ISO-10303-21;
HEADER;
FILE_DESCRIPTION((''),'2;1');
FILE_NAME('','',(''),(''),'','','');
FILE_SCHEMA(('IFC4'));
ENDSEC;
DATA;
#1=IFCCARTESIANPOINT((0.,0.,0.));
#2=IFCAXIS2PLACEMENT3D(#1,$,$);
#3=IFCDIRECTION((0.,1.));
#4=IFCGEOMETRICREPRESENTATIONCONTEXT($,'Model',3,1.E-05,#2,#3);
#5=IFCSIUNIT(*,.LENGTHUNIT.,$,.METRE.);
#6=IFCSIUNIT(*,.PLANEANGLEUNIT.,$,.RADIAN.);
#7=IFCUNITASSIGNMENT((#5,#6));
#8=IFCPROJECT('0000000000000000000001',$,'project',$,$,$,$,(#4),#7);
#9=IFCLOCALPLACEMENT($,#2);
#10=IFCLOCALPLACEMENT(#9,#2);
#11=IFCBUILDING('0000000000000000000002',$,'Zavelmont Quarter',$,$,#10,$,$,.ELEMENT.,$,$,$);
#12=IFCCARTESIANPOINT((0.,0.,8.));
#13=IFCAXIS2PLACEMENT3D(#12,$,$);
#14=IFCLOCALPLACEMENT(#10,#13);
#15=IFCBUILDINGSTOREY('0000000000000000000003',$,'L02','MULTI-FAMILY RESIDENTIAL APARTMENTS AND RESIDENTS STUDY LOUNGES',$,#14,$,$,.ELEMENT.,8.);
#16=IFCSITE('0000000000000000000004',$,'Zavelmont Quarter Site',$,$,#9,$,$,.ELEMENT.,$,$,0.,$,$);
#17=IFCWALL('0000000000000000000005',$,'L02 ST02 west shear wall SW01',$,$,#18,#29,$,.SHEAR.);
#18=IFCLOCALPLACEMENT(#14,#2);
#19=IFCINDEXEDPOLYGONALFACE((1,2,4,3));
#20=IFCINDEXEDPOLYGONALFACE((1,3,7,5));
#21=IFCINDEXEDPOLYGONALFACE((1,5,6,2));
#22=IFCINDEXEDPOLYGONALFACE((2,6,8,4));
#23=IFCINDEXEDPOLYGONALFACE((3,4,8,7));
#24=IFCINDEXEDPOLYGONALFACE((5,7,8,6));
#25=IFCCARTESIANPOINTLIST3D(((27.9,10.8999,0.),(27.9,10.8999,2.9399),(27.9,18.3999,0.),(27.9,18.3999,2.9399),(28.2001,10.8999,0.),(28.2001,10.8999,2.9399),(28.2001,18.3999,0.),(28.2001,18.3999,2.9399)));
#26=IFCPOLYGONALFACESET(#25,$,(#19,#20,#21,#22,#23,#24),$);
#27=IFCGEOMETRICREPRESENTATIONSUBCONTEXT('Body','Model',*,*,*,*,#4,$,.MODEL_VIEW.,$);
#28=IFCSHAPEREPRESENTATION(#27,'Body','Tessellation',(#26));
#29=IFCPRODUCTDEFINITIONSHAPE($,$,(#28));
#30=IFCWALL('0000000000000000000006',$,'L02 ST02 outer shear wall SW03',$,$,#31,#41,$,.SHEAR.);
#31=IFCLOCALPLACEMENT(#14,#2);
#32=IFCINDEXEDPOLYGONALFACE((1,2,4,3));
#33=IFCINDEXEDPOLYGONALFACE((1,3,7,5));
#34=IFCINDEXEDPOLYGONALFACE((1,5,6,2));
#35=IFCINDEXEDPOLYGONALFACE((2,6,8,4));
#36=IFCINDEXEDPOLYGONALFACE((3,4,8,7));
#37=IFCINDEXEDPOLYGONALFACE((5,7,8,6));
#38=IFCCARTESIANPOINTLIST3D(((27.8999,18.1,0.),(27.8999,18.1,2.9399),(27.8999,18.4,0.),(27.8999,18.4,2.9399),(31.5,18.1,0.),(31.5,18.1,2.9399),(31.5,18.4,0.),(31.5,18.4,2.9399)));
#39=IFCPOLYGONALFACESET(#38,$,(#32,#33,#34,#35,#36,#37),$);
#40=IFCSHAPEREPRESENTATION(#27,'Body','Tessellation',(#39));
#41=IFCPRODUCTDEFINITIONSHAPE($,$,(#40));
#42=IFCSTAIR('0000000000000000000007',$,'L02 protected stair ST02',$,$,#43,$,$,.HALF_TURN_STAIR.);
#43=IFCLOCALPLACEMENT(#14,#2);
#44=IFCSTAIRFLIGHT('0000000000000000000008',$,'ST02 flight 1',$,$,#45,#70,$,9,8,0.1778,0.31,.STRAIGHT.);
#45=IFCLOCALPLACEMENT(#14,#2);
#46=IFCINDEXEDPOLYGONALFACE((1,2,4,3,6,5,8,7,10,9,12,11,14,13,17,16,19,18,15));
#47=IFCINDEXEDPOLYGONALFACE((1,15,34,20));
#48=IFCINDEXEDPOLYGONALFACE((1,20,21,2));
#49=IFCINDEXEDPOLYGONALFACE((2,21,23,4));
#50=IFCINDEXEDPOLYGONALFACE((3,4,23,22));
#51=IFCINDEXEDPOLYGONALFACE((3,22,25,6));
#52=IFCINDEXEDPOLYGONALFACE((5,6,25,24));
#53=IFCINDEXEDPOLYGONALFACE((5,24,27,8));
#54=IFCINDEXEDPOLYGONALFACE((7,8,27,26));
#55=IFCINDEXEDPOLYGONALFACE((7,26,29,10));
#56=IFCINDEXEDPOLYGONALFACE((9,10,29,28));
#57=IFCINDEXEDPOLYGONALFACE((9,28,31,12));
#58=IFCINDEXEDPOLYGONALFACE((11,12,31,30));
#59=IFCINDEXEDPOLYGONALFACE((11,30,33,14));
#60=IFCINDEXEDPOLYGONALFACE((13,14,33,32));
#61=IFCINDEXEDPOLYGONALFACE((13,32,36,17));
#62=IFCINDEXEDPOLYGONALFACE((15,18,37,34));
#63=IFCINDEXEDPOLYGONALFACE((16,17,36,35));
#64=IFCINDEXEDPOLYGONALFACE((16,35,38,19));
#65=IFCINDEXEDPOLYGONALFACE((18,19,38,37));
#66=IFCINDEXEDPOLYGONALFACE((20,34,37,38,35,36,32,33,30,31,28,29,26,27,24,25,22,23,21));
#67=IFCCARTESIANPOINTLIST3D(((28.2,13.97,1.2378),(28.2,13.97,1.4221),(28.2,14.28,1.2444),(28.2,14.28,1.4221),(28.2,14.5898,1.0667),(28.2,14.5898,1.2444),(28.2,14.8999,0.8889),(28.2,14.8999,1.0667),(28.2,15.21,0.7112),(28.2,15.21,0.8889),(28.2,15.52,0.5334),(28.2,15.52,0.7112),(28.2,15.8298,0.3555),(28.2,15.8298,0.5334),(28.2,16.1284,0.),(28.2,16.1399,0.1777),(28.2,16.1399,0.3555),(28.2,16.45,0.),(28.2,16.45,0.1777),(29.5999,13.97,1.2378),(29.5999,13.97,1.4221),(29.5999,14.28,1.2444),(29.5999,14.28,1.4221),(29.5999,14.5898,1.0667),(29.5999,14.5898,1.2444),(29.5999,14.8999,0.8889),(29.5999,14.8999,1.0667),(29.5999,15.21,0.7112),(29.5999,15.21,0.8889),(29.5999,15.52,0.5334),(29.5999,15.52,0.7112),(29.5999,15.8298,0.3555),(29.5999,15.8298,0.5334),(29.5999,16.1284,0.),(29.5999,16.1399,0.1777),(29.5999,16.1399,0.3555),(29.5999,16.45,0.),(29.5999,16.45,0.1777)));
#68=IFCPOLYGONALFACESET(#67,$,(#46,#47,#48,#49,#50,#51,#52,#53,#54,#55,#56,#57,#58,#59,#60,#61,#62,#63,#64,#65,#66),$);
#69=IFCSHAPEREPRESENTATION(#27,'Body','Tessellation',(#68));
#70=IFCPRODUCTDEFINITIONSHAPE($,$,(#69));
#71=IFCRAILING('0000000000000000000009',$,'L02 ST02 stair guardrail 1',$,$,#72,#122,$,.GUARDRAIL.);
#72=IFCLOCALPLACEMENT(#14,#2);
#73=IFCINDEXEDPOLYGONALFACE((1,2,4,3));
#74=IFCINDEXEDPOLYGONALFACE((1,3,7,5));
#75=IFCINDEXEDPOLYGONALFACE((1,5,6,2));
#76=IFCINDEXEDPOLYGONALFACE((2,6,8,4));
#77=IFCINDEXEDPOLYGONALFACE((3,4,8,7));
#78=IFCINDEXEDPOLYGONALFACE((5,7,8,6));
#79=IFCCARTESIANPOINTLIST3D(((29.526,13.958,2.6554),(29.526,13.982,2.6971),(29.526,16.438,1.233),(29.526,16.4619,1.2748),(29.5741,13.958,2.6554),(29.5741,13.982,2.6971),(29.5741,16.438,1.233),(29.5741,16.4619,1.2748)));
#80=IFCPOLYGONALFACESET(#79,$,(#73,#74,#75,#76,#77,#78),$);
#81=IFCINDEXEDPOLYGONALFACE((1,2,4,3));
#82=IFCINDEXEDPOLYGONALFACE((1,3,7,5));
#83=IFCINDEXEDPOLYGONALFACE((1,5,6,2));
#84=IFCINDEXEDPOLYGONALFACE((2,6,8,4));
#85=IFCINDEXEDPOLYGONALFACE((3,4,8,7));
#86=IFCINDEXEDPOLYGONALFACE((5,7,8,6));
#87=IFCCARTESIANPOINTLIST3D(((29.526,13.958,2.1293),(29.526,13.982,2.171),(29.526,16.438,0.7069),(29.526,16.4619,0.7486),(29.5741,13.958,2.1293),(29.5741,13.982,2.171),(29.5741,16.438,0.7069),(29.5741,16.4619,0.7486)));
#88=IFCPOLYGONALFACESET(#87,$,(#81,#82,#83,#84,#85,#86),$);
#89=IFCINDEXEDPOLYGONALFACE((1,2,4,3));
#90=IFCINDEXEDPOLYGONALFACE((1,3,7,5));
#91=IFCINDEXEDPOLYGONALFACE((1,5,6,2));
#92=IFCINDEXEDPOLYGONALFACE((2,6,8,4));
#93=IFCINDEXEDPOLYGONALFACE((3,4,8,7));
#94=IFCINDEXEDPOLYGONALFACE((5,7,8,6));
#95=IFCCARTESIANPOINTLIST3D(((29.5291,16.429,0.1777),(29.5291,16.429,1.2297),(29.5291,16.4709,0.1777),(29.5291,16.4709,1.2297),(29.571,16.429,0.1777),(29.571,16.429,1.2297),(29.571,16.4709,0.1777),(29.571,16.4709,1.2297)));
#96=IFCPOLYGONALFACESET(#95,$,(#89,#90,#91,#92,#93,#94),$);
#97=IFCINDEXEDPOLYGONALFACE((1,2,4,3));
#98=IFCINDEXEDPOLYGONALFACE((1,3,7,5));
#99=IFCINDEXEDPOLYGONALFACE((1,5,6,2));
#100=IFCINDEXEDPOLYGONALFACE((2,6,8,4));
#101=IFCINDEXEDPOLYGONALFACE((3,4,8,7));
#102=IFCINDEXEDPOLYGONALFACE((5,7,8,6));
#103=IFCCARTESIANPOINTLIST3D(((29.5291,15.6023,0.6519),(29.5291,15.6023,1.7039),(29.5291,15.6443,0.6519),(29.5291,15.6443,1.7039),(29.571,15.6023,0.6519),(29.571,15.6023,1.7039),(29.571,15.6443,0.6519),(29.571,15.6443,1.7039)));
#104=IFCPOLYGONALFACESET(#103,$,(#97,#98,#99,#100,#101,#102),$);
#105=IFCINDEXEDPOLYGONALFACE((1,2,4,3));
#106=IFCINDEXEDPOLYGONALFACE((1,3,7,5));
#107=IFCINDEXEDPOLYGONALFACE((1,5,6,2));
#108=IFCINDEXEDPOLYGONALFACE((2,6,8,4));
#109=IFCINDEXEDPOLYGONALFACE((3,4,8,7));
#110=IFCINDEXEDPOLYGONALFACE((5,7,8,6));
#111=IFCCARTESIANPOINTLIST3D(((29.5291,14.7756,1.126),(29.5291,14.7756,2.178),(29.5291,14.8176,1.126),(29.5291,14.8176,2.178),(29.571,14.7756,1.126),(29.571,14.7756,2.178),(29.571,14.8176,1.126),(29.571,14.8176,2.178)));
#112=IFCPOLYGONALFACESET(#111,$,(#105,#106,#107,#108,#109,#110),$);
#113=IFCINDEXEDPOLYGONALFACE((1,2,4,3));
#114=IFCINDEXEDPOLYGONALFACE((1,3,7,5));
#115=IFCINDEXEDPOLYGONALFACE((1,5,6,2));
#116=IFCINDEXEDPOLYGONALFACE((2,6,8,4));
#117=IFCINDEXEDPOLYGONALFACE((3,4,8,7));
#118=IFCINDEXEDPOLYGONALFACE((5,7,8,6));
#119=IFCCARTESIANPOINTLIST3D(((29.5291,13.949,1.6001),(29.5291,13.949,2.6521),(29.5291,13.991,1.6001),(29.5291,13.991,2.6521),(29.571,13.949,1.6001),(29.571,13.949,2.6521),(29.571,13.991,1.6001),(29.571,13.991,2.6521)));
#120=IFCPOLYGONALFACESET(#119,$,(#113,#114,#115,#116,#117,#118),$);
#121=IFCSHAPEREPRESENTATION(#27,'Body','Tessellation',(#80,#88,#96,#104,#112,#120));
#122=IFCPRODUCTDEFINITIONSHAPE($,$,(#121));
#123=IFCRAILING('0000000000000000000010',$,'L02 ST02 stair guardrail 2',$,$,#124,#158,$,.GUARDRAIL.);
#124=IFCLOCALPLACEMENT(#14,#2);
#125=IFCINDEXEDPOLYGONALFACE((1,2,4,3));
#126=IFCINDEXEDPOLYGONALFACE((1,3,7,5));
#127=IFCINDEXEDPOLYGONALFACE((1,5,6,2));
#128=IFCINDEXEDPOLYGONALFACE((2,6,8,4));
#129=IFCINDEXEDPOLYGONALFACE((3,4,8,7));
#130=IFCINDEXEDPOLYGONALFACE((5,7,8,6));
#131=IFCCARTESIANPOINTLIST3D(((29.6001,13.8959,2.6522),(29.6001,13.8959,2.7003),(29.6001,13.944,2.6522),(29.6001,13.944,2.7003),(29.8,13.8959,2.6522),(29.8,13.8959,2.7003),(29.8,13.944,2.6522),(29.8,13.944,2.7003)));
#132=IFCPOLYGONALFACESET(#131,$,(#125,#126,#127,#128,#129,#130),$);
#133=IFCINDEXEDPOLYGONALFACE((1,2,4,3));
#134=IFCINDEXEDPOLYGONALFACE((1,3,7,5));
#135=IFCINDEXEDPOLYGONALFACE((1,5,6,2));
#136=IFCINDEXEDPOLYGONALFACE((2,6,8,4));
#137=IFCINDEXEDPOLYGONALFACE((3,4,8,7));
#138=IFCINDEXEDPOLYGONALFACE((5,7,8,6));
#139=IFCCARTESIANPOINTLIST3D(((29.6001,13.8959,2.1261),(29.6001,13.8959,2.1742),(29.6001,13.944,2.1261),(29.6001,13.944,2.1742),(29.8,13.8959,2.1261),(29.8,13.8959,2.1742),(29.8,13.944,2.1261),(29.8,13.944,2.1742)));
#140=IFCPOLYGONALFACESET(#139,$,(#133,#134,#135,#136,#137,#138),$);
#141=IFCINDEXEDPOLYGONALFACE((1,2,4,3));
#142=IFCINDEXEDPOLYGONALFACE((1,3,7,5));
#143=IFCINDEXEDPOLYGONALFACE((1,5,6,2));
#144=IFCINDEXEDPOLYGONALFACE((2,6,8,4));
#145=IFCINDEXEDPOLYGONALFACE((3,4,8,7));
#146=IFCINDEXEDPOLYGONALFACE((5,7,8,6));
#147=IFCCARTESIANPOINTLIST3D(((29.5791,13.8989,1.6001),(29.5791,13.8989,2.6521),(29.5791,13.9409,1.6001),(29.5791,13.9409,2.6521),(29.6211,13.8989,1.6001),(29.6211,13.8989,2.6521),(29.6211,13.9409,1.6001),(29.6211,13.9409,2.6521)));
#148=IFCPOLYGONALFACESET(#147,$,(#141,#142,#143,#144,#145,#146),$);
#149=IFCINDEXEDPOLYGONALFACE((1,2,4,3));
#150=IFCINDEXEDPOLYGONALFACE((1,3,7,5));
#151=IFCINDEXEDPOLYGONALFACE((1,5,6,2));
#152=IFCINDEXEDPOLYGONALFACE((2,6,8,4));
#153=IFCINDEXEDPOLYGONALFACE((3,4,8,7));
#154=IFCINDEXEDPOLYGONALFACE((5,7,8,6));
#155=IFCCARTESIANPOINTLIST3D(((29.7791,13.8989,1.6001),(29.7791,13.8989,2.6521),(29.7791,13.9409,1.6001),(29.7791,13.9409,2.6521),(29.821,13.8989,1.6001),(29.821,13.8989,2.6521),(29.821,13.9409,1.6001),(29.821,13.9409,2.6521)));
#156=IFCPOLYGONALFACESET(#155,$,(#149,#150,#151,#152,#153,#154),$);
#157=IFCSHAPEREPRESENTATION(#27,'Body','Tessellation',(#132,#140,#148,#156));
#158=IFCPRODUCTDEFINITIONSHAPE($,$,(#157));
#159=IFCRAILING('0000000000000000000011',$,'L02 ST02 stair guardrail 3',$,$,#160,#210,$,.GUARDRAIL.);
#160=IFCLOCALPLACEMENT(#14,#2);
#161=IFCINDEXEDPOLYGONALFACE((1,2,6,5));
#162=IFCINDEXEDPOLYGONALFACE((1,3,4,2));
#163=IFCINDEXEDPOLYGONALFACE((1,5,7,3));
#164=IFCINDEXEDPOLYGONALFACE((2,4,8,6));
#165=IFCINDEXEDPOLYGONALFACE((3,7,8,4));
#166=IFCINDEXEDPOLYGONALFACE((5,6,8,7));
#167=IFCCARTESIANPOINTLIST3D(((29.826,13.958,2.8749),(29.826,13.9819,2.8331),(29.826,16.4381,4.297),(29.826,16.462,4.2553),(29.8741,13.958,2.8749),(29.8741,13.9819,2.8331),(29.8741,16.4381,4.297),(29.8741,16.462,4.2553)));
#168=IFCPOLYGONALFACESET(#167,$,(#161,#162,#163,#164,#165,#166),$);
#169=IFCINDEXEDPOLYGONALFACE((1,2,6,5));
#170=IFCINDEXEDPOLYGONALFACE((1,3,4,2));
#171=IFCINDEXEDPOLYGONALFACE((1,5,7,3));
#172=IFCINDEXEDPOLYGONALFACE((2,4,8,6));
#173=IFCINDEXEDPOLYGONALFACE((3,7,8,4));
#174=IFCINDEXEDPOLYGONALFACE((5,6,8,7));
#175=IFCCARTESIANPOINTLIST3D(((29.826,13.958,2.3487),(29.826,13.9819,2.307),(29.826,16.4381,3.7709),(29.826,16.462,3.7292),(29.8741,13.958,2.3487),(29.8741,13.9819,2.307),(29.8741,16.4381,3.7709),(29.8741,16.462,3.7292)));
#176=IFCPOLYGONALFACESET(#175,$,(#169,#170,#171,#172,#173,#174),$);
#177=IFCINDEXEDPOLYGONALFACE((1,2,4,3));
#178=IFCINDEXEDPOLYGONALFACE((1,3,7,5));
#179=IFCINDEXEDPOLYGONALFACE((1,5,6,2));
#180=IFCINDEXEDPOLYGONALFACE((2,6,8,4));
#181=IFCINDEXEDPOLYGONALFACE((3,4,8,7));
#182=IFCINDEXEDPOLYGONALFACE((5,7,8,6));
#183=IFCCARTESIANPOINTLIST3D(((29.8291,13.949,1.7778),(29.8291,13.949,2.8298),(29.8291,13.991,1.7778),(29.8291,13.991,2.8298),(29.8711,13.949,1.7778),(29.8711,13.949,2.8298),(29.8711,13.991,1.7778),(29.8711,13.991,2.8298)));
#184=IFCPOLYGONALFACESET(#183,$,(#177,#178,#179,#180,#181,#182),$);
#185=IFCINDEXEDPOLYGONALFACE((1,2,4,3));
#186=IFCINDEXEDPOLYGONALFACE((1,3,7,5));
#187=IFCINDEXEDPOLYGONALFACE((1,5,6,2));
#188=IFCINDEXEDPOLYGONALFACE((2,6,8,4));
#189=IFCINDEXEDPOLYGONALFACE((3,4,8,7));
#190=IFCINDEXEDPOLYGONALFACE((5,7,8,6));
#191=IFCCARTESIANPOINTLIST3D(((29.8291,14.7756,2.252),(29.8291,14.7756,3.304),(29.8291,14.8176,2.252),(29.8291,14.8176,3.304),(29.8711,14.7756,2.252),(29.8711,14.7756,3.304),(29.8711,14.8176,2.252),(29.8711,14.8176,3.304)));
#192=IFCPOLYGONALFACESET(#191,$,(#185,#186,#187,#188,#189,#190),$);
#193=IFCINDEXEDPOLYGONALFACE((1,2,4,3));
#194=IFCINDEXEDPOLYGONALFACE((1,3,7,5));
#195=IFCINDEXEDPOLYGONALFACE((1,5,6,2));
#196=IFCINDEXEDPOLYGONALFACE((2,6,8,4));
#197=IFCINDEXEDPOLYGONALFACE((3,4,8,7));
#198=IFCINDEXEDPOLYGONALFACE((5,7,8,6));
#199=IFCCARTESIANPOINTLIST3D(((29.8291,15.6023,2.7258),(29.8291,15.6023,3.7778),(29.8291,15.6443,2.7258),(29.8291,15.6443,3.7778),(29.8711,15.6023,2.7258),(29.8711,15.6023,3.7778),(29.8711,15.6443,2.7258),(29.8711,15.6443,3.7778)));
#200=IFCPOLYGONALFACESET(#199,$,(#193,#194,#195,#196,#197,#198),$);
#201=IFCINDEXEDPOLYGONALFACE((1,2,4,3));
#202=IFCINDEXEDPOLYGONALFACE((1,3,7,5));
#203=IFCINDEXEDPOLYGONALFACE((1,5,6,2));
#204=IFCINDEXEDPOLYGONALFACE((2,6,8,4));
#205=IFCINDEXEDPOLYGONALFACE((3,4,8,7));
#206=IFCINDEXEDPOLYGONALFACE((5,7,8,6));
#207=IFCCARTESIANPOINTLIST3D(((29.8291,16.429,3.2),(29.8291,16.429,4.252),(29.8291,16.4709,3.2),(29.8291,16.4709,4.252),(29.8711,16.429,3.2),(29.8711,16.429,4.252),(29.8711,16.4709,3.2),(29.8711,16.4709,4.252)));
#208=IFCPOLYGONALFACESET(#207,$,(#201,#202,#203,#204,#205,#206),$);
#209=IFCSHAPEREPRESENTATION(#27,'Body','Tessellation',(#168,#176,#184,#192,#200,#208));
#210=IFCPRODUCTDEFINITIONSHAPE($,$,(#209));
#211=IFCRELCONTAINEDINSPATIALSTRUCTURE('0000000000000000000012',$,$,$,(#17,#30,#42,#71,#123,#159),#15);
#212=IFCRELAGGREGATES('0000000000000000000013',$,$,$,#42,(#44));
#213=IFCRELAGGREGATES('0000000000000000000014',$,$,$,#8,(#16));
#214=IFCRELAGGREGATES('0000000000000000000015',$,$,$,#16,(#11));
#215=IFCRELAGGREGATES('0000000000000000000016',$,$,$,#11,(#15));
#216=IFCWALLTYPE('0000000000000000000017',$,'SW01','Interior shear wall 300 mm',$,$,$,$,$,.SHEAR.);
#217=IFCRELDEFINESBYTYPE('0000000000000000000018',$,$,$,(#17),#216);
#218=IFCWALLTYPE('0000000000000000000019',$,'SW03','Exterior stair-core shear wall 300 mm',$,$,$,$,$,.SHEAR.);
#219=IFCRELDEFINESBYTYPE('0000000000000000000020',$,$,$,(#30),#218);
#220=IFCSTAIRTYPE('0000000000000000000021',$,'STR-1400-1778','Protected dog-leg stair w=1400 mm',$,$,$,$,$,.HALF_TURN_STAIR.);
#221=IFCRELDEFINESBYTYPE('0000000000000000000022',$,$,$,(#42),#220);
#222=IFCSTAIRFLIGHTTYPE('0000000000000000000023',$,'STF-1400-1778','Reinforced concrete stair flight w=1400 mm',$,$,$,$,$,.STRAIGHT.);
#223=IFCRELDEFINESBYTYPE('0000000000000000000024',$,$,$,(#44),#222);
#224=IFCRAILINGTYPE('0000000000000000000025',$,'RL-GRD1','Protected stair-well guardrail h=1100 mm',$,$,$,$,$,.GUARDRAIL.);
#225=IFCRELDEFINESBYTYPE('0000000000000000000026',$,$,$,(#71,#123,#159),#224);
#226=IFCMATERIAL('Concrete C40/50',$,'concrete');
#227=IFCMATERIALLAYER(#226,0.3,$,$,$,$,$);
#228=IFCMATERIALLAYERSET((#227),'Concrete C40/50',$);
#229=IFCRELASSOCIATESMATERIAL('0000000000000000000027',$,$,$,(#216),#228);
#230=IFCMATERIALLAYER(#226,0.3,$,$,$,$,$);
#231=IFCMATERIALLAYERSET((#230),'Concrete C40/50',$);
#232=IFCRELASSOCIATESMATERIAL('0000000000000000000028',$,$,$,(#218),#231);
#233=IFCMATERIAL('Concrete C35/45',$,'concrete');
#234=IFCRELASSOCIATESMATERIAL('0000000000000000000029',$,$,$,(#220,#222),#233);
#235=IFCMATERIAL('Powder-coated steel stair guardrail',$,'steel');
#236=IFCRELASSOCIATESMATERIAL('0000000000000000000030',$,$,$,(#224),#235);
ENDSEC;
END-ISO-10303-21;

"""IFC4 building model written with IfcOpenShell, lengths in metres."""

from ifc_helpers import new_model, si_unit, direction, frame, frame_2d, origin, origin_2d, place, context, subcontext, project, spatial, polyline, rectangle, outline, extrude, material, layer, layer_set, type_object, element, aggregate, save


model = new_model("IFC4")

# Units and contexts
model_context = context("Model", 3, precision=1e-05, world=origin(), true_north=direction((0.0, 1.0)))
body_context = subcontext(model_context, "Body", "Model", "MODEL_VIEW")
ifc_project = project(units=[si_unit("LENGTHUNIT", "METRE"), si_unit("PLANEANGLEUNIT", "RADIAN")], contexts=[model_context])

# Site, building, storey
site_placement = place(None, origin())
site = spatial("IfcSite", under=ifc_project, at=site_placement, Name="Zavelmont Quarter Site", CompositionType="ELEMENT", RefElevation=0.0)
building_placement = place(site_placement, origin())
building = spatial("IfcBuilding", under=site, at=building_placement, Name="Zavelmont Quarter", CompositionType="ELEMENT")
storey_placement = place(building_placement, frame((0.0, 0.0, 8.0)))
storey = spatial("IfcBuildingStorey", under=building, at=storey_placement, Name="L02", Description="MULTI-FAMILY RESIDENTIAL APARTMENTS AND RESIDENTS STUDY LOUNGES", CompositionType="ELEMENT", Elevation=8.0)

# Shared definitions
ifc_material_1 = material(Name="Concrete C40/50", Category="concrete")

# Shared definitions
ifc_material_2 = material(Name="Concrete C35/45", Category="concrete")

# Walls
ifc_layer_1 = layer(ifc_material_1, 0.3)
ifc_layer_set_1 = layer_set([ifc_layer_1], Name="Concrete C40/50")
wall_type_1 = type_object("IfcWallType", Name="SW01", Description="Interior shear wall 300 mm", PredefinedType="SHEAR", material=ifc_layer_set_1)
wall_1_placement = place(storey_placement, frame((28.05, 10.8999, 0.0), z_axis=(0.0, 0.0, 1.0), x_axis=(0.0, 1.0, 0.0)))
element("IfcWall", 1, at=wall_1_placement, inside=storey, type_object=wall_type_1, Name="L02 ST02 west shear wall SW01", PredefinedType="SHEAR", context=body_context, shape_type="SweptSolid", body=[
    extrude(rectangle(XDim=7.5, YDim=0.3, at=frame_2d((3.75, 0.0))), origin(), (0.0, 0.0, 1.0), 2.9399),
])
ifc_layer_2 = layer(ifc_material_1, 0.3)
ifc_layer_set_2 = layer_set([ifc_layer_2], Name="Concrete C40/50")
wall_type_2 = type_object("IfcWallType", Name="SW03", Description="Exterior stair-core shear wall 300 mm", PredefinedType="SHEAR", material=ifc_layer_set_2)
wall_2_placement = place(storey_placement, frame((27.8999, 18.25, 0.0), z_axis=(0.0, 0.0, 1.0), x_axis=(1.0, 0.0, 0.0)))
element("IfcWall", 2, at=wall_2_placement, inside=storey, type_object=wall_type_2, Name="L02 ST02 outer shear wall SW03", PredefinedType="SHEAR", context=body_context, shape_type="SweptSolid", body=[
    extrude(rectangle(XDim=3.6001, YDim=0.3, at=frame_2d((1.8, 0.0))), origin(), (0.0, 0.0, 1.0), 2.9399),
])

# Stair, stair flight
stair_type = type_object("IfcStairType", Name="STR-1400-1778", Description="Protected dog-leg stair w=1400 mm", PredefinedType="HALF_TURN_STAIR", material=ifc_material_2)
stair_placement = place(storey_placement, origin())
stair = element("IfcStair", 3, at=stair_placement, inside=storey, type_object=stair_type, Name="L02 protected stair ST02", PredefinedType="HALF_TURN_STAIR")
stair_flight_type = type_object("IfcStairFlightType", Name="STF-1400-1778", Description="Reinforced concrete stair flight w=1400 mm", PredefinedType="STRAIGHT", material=ifc_material_2)
stair_flight_placement = place(storey_placement, frame((28.8999, 16.45, 0.0), z_axis=(0.0, 0.0, 1.0), x_axis=(0.0, -1.0, 0.0)))
stair_flight = element("IfcStairFlight", 4, at=stair_flight_placement, type_object=stair_flight_type, Name="ST02 flight 1", NumberOfRisers=9, NumberOfTreads=8, PredefinedType="STRAIGHT", RiserHeight=0.1778, TreadLength=0.31, context=body_context, shape_type="SweptSolid", body=[
    extrude(outline(polyline([(0.0, 0.0), (0.0, 0.1777), (0.3101, 0.1777), (0.3101, 0.3555), (0.6201, 0.3555), (0.6201, 0.5334), (0.9299, 0.5334), (0.9299, 0.7112), (1.24, 0.7112), (1.24, 0.8889), (1.55, 0.8889), (1.55, 1.0667), (1.8601, 1.0667), (1.8601, 1.2444), (2.1699, 1.2444), (2.1699, 1.4221), (2.48, 1.4221), (2.48, 1.6001), (2.48, 1.2378), (0.3215, 0.0), (0.0, 0.0)])), frame((0.0, 0.7, 0.0), z_axis=(0.0, -1.0, 0.0), x_axis=(1.0, 0.0, 0.0)), (0.0, 0.0, 1.0), 1.3999),
])
aggregate(stair, [stair_flight])

# Railings
ifc_material_3 = material(Name="Powder-coated steel stair guardrail", Category="steel")
railing_type_1 = type_object("IfcRailingType", Name="RL-GRD1", Description="Protected stair-well guardrail h=1100 mm", PredefinedType="GUARDRAIL", material=ifc_material_3)
railing_1_placement = place(storey_placement, frame((29.55, 16.45, 0.1777)))
element("IfcRailing", 5, at=railing_1_placement, inside=storey, type_object=railing_type_1, Name="L02 ST02 stair guardrail 1", PredefinedType="GUARDRAIL", context=body_context, shape_type="SweptSolid", body=[
    extrude(rectangle(XDim=0.0481, YDim=0.0481, at=origin_2d()), frame((0.0, 0.0, 1.0762), z_axis=(0.0, -0.867454, 0.497518), x_axis=(1.0, 0.0, 0.0)), (0.0, 0.0, 1.0), 2.8589),
    extrude(rectangle(XDim=0.0481, YDim=0.0481, at=origin_2d()), frame((0.0, 0.0, 0.55), z_axis=(0.0, -0.867454, 0.497518), x_axis=(1.0, 0.0, 0.0)), (0.0, 0.0, 1.0), 2.8589),
    extrude(rectangle(XDim=0.042, YDim=0.042, at=origin_2d()), origin(), (0.0, 0.0, 1.0), 1.052),
    extrude(rectangle(XDim=0.042, YDim=0.042, at=origin_2d()), frame((0.0, -0.8267, 0.4741)), (0.0, 0.0, 1.0), 1.052),
    extrude(rectangle(XDim=0.042, YDim=0.042, at=origin_2d()), frame((0.0, -1.6533, 0.9482)), (0.0, 0.0, 1.0), 1.052),
    extrude(rectangle(XDim=0.042, YDim=0.042, at=origin_2d()), frame((0.0, -2.48, 1.4224)), (0.0, 0.0, 1.0), 1.052),
])
railing_2_placement = place(storey_placement, frame((29.6001, 13.9199, 1.6001)))
element("IfcRailing", 6, at=railing_2_placement, inside=storey, type_object=railing_type_1, Name="L02 ST02 stair guardrail 2", PredefinedType="GUARDRAIL", context=body_context, shape_type="SweptSolid", body=[
    extrude(rectangle(XDim=0.0481, YDim=0.0481, at=origin_2d()), frame((0.0, 0.0, 1.0762), z_axis=(1.0, 0.0, 0.0), x_axis=(0.0, 1.0, 0.0)), (0.0, 0.0, 1.0), 0.2),
    extrude(rectangle(XDim=0.0481, YDim=0.0481, at=origin_2d()), frame((0.0, 0.0, 0.55), z_axis=(1.0, 0.0, 0.0), x_axis=(0.0, 1.0, 0.0)), (0.0, 0.0, 1.0), 0.2),
    extrude(rectangle(XDim=0.042, YDim=0.042, at=origin_2d()), origin(), (0.0, 0.0, 1.0), 1.052),
    extrude(rectangle(XDim=0.042, YDim=0.042, at=origin_2d()), frame((0.2, 0.0, 0.0)), (0.0, 0.0, 1.0), 1.052),
])
railing_3_placement = place(storey_placement, frame((29.8501, 13.97, 1.7778)))
element("IfcRailing", 7, at=railing_3_placement, inside=storey, type_object=railing_type_1, Name="L02 ST02 stair guardrail 3", PredefinedType="GUARDRAIL", context=body_context, shape_type="SweptSolid", body=[
    extrude(rectangle(XDim=0.0481, YDim=0.0481, at=origin_2d()), frame((0.0, 0.0, 1.0762), z_axis=(0.0, 0.867491, 0.497454), x_axis=(-1.0, 0.0, 0.0)), (0.0, 0.0, 1.0), 2.8589),
    extrude(rectangle(XDim=0.0481, YDim=0.0481, at=origin_2d()), frame((0.0, 0.0, 0.55), z_axis=(0.0, 0.867491, 0.497454), x_axis=(-1.0, 0.0, 0.0)), (0.0, 0.0, 1.0), 2.8589),
    extrude(rectangle(XDim=0.042, YDim=0.042, at=origin_2d()), origin(), (0.0, 0.0, 1.0), 1.052),
    extrude(rectangle(XDim=0.042, YDim=0.042, at=origin_2d()), frame((0.0, 0.8267, 0.4741)), (0.0, 0.0, 1.0), 1.052),
    extrude(rectangle(XDim=0.042, YDim=0.042, at=origin_2d()), frame((0.0, 1.6533, 0.948)), (0.0, 0.0, 1.0), 1.052),
    extrude(rectangle(XDim=0.042, YDim=0.042, at=origin_2d()), frame((0.0, 2.48, 1.4221)), (0.0, 0.0, 1.0), 1.052),
])

save(model, "model.ifc")
